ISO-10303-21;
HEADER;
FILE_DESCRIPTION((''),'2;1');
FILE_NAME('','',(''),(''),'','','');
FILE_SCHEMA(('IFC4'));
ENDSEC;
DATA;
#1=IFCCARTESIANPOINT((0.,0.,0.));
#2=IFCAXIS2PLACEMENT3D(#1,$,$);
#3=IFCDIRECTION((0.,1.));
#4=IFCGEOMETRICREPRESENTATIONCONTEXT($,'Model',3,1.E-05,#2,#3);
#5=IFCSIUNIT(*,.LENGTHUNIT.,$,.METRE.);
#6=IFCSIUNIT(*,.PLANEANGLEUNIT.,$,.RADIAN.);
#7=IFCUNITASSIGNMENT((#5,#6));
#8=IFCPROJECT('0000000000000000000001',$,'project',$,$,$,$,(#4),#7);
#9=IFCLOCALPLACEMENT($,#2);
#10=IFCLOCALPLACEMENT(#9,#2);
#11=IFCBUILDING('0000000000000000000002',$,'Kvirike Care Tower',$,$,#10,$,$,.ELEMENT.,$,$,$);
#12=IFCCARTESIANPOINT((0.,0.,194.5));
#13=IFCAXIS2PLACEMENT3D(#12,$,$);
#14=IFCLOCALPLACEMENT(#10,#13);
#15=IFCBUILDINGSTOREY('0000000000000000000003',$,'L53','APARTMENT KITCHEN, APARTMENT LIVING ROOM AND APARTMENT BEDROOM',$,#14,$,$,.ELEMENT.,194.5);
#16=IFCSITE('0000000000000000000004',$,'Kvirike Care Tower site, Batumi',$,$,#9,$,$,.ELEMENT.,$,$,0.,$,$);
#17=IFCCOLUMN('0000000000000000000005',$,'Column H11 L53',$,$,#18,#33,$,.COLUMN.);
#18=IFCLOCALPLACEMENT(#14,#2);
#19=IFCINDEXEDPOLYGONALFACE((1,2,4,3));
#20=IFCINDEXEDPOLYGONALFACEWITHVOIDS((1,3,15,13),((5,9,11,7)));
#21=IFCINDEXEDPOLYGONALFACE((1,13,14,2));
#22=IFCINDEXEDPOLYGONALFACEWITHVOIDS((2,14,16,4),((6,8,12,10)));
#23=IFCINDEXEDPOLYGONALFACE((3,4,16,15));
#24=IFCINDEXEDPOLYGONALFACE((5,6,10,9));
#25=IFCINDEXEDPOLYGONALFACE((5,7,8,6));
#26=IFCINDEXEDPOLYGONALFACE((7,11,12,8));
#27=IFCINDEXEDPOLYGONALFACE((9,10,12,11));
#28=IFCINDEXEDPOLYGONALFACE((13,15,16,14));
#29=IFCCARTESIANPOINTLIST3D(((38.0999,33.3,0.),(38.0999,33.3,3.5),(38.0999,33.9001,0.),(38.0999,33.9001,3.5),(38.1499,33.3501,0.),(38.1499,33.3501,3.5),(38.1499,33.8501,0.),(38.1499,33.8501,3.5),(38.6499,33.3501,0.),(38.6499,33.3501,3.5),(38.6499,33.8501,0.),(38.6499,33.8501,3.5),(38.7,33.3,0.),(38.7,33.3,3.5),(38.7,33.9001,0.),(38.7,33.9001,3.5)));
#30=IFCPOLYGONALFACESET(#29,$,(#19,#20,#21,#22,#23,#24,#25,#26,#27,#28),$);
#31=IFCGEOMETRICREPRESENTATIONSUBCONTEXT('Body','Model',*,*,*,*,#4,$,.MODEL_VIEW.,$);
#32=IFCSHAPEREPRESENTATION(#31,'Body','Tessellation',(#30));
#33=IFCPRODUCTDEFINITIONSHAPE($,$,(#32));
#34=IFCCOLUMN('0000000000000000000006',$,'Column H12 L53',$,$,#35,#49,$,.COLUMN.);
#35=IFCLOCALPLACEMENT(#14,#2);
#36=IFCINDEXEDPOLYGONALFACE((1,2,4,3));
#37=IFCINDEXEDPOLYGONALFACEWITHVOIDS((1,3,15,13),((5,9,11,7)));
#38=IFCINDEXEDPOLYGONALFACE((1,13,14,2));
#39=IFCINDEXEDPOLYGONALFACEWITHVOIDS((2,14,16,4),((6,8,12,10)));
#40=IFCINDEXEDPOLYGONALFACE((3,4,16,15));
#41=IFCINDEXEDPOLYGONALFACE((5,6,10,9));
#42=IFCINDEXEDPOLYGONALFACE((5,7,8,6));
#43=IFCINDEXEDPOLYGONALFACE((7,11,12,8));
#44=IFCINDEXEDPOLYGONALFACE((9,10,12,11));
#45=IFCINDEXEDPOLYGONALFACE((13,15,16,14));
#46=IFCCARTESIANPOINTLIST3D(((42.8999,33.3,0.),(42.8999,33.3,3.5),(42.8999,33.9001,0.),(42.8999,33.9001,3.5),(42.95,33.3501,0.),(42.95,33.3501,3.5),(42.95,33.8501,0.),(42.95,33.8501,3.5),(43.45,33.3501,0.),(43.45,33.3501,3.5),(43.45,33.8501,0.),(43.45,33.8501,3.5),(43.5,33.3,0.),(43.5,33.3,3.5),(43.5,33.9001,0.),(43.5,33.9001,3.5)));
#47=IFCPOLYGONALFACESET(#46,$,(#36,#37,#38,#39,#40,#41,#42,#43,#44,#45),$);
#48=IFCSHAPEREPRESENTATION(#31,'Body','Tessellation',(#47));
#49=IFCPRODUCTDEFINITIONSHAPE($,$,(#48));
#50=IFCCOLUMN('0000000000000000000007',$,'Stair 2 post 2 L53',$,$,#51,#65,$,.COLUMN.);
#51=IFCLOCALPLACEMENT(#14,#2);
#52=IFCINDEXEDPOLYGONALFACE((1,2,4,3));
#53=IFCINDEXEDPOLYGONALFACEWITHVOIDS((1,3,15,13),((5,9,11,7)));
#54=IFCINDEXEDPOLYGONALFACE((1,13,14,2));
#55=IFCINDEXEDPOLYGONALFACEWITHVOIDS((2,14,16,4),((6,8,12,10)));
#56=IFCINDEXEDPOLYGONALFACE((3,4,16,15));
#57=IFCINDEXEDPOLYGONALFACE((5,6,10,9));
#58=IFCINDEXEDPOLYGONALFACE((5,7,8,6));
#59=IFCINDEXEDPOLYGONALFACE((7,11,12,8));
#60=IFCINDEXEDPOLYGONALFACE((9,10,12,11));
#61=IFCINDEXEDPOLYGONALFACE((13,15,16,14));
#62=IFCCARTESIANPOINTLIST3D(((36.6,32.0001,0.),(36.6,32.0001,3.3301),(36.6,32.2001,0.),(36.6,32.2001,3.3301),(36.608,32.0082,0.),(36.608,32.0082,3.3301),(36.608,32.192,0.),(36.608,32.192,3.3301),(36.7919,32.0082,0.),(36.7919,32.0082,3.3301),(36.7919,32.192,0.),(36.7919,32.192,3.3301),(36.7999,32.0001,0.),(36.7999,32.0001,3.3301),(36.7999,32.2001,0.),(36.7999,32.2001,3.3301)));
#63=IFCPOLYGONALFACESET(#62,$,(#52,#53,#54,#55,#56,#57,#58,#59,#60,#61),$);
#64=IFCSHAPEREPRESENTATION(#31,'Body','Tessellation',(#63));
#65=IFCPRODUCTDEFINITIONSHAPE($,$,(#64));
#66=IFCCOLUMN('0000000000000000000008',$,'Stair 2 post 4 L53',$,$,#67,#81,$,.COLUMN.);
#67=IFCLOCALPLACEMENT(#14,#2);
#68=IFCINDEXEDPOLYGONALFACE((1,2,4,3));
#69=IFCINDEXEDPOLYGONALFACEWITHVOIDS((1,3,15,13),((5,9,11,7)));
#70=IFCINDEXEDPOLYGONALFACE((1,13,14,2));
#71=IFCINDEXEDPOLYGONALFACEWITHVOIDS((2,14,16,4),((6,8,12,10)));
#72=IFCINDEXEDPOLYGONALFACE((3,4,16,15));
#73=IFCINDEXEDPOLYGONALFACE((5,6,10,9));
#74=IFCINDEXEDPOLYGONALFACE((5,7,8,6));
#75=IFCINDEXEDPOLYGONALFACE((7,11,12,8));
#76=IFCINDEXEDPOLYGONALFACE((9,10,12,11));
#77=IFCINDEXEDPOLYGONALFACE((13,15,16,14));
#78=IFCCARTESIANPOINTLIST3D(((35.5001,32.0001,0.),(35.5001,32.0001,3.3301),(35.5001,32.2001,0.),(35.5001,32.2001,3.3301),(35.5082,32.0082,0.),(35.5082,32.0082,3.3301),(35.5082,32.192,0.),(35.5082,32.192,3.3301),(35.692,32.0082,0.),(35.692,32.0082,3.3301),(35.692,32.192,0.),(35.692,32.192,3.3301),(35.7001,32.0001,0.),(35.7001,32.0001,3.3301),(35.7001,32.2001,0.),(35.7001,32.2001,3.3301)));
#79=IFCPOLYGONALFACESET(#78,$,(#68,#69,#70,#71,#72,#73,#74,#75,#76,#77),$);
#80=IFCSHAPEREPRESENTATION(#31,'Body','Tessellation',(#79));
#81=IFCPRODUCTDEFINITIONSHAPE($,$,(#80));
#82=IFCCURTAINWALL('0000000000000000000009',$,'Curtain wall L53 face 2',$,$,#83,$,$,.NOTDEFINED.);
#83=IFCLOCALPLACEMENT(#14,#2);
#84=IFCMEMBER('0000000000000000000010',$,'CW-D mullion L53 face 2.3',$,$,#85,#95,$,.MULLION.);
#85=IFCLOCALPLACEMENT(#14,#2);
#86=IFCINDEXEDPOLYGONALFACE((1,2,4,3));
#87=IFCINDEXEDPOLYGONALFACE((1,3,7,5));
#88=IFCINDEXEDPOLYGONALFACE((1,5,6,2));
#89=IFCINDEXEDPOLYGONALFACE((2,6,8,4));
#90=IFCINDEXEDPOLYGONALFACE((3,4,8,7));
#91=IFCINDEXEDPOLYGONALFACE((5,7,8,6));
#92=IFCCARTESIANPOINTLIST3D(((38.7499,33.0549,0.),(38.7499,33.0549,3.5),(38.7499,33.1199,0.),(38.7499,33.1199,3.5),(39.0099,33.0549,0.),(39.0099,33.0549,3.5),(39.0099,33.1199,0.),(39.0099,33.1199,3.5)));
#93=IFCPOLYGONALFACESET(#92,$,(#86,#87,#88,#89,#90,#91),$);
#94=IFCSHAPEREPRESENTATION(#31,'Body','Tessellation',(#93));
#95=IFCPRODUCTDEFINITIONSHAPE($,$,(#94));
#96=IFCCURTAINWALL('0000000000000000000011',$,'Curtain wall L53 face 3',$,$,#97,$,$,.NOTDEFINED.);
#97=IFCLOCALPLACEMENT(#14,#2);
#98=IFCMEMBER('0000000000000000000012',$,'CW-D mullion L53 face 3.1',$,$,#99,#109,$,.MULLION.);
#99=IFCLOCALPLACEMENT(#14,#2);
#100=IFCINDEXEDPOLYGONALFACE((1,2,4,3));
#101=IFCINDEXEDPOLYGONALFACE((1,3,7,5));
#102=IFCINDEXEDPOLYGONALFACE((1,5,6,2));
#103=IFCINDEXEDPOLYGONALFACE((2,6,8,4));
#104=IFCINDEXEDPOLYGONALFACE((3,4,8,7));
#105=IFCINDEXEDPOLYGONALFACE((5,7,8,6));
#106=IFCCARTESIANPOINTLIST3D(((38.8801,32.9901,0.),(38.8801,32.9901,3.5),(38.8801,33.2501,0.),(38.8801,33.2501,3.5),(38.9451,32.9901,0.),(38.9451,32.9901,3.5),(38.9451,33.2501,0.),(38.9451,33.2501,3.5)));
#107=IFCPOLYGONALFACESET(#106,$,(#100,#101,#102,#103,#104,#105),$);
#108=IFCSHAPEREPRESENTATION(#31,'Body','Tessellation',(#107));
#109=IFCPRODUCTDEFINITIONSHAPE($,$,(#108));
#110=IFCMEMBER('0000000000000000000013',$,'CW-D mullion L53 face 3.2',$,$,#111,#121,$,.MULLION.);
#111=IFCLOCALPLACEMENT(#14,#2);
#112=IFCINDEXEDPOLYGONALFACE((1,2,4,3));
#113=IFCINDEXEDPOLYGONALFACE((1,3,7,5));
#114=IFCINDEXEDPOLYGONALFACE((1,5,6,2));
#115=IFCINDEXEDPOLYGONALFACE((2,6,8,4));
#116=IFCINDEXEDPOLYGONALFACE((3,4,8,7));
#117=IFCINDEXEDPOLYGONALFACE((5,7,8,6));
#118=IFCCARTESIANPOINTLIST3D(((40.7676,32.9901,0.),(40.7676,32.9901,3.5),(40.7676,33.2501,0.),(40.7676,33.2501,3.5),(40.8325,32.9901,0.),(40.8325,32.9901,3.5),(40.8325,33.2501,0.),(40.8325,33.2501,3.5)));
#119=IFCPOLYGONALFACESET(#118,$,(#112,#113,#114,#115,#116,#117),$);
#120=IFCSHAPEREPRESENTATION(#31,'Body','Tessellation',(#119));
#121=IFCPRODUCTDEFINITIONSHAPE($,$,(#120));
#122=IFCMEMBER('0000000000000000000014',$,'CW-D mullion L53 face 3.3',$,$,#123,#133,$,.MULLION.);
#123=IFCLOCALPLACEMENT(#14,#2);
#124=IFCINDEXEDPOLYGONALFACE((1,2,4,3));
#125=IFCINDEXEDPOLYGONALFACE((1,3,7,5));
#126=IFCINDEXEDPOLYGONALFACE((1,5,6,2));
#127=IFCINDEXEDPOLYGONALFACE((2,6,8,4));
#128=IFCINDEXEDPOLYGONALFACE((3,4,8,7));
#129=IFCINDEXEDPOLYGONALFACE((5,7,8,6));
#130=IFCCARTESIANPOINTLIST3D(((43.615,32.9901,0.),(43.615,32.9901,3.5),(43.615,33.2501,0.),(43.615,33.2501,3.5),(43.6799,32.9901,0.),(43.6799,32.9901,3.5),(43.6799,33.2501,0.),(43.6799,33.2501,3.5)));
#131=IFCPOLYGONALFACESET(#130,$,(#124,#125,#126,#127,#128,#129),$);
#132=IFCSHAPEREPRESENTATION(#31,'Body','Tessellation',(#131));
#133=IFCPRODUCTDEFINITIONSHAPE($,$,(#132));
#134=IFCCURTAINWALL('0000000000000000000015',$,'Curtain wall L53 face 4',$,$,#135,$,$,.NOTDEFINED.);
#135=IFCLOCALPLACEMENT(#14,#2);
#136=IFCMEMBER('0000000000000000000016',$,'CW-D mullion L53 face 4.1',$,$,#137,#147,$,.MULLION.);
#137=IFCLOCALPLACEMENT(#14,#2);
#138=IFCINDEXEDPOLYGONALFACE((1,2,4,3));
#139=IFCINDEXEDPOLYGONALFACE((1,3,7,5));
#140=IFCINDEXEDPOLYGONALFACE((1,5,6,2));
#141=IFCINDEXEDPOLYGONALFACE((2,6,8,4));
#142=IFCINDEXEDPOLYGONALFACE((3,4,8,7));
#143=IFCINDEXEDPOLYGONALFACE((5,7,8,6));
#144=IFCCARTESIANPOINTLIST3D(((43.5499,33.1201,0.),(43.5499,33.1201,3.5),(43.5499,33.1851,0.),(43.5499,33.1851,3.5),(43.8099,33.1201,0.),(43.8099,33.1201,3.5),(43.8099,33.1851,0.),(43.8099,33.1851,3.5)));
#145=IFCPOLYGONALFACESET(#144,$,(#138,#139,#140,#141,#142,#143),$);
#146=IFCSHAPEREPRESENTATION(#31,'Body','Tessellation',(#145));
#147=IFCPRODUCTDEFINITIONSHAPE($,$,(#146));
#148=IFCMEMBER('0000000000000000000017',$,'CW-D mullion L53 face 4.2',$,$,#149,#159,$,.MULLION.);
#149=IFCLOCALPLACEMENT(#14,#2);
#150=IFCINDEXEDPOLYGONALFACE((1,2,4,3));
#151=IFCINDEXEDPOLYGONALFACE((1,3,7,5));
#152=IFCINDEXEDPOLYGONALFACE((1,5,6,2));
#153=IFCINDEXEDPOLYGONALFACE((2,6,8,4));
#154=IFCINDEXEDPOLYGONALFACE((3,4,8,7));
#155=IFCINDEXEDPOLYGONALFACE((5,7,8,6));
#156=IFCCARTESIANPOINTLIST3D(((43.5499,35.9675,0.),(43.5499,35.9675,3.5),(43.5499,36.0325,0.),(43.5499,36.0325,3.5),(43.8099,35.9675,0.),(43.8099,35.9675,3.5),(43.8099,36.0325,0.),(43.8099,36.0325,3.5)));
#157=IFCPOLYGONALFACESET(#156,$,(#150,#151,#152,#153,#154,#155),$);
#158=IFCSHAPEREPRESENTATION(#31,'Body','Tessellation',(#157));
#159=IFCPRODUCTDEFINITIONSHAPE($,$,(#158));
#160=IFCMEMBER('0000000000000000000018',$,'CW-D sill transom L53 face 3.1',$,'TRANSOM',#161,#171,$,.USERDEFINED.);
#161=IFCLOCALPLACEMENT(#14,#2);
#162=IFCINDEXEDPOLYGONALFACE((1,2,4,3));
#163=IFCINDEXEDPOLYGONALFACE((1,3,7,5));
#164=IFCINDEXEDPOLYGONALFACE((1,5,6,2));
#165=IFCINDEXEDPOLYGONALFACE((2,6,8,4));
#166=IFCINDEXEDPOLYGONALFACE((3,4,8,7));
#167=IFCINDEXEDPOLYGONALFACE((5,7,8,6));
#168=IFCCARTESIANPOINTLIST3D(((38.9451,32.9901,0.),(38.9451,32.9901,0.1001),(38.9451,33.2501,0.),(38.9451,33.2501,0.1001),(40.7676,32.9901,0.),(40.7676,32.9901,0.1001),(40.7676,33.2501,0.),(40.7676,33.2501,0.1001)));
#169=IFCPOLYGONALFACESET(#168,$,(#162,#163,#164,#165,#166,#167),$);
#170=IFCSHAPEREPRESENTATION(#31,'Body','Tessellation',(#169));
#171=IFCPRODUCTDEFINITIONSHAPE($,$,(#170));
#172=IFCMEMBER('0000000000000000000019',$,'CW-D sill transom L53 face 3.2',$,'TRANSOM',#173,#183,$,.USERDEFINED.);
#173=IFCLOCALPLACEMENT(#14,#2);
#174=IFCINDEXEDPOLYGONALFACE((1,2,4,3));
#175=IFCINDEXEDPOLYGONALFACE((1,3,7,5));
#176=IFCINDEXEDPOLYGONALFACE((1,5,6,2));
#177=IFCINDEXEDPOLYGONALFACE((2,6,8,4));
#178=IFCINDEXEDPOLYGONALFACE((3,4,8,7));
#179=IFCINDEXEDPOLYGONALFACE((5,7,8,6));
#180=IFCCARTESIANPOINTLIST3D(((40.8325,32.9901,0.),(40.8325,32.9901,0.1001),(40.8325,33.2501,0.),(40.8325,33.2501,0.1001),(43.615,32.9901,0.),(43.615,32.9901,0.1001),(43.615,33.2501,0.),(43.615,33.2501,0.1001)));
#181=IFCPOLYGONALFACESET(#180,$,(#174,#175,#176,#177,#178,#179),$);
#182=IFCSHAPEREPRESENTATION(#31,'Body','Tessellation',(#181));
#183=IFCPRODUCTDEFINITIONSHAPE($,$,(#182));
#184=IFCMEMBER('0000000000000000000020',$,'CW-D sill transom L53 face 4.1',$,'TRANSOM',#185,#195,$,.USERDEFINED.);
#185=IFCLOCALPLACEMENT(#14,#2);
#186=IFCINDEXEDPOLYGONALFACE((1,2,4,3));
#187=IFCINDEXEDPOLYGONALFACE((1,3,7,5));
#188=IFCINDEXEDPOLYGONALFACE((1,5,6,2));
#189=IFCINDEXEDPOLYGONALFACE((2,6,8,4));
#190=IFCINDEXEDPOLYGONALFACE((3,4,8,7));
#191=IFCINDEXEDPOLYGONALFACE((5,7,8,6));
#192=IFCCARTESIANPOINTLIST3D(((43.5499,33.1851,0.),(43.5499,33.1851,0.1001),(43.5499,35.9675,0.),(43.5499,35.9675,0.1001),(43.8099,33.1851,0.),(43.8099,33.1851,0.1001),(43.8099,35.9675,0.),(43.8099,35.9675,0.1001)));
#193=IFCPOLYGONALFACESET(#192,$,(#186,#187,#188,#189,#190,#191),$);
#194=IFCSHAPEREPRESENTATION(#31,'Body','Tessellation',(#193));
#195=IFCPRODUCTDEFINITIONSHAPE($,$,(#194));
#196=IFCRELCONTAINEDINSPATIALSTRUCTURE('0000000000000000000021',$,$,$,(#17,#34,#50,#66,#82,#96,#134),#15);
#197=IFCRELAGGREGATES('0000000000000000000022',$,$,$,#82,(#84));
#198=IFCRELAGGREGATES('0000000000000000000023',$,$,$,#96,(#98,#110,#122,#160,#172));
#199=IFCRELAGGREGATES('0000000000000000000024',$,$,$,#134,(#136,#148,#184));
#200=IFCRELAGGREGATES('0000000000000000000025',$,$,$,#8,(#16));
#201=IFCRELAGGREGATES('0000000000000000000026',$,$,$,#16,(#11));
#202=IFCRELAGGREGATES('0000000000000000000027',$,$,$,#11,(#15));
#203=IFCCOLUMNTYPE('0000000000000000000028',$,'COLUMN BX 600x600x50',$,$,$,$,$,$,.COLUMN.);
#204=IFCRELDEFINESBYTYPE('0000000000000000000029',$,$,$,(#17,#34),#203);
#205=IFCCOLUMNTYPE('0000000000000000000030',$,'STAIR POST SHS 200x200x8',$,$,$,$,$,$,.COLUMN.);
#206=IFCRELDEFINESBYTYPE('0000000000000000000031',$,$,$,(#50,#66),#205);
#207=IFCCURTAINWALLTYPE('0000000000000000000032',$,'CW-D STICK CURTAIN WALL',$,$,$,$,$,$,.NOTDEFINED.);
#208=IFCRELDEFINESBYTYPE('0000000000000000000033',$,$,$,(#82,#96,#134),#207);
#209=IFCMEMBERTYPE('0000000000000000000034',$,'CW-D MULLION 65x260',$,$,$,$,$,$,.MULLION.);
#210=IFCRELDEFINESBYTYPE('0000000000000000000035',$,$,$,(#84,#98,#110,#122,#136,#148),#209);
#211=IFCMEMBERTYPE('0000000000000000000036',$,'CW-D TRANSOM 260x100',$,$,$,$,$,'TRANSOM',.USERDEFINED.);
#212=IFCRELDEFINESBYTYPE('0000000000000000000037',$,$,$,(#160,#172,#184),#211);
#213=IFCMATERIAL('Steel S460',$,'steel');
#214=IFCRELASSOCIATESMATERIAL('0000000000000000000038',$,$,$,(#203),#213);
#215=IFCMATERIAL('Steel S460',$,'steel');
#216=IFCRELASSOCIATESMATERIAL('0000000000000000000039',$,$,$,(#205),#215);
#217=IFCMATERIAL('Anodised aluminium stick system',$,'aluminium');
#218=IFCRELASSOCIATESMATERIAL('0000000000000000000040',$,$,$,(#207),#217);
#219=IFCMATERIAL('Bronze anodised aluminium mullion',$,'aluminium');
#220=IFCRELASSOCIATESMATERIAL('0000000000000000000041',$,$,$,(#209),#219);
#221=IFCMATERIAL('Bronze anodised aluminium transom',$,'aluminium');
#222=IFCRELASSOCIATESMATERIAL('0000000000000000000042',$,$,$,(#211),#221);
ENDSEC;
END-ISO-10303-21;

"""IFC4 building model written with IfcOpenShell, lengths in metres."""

from ifc_helpers import new_model, si_unit, direction, frame, origin, origin_2d, place, context, subcontext, project, spatial, rectangle, hollow_rectangle, extrude, material, material_profile, profile_set, type_object, element, aggregate, save


model = new_model("IFC4")

# Units and contexts
model_context = context("Model", 3, precision=1e-05, world=origin(), true_north=direction((0.0, 1.0)))
body_context = subcontext(model_context, "Body", "Model", "MODEL_VIEW")
ifc_project = project(units=[si_unit("LENGTHUNIT", "METRE"), si_unit("PLANEANGLEUNIT", "RADIAN")], contexts=[model_context])

# Site, building, storey
site_placement = place(None, origin())
site = spatial("IfcSite", under=ifc_project, at=site_placement, Name="Kvirike Care Tower site, Batumi", CompositionType="ELEMENT", RefElevation=0.0)
building_placement = place(site_placement, origin())
building = spatial("IfcBuilding", under=site, at=building_placement, Name="Kvirike Care Tower", CompositionType="ELEMENT")
storey_placement = place(building_placement, frame((0.0, 0.0, 194.5)))
storey = spatial("IfcBuildingStorey", under=building, at=storey_placement, Name="L53", Description="APARTMENT KITCHEN, APARTMENT LIVING ROOM AND APARTMENT BEDROOM", CompositionType="ELEMENT", Elevation=194.5)

# Columns
ifc_material_1 = material(Name="Steel S460", Category="steel")
ifc_material_profile_1 = material_profile(ifc_material_1, hollow_rectangle(XDim=0.6001, YDim=0.6001, WallThickness=0.05, at=origin_2d()), Name="BX 600x600x50")
ifc_profile_set_1 = profile_set([ifc_material_profile_1], Name="Steel S460")
column_type_1 = type_object("IfcColumnType", Name="COLUMN BX 600x600x50", PredefinedType="COLUMN", material=ifc_profile_set_1)
for number, where, z_axis, x_axis, name in (
    (1, (38.3999, 33.6001, 0.0), (0.0, 0.0, 1.0), (0.0, 1.0, 0.0), "Column H11 L53"),
    (2, (43.2, 33.6001, 0.0), (0.0, 0.0, 1.0), (0.0, 1.0, 0.0), "Column H12 L53"),
):
    element("IfcColumn", number, at=place(storey_placement, frame(where, z_axis=z_axis, x_axis=x_axis)), inside=storey, type_object=column_type_1, Name=name, PredefinedType="COLUMN", context=body_context, shape_type="SweptSolid", body=[
        extrude(hollow_rectangle(XDim=0.6001, YDim=0.6001, WallThickness=0.05, at=origin_2d()), origin(), (0.0, 0.0, 1.0), 3.5),
    ])
ifc_material_2 = material(Name="Steel S460", Category="steel")
ifc_material_profile_2 = material_profile(ifc_material_2, hollow_rectangle(XDim=0.2, YDim=0.2, WallThickness=0.0081, at=origin_2d()), Name="SHS 200x200x8")
ifc_profile_set_2 = profile_set([ifc_material_profile_2], Name="Steel S460")
column_type_2 = type_object("IfcColumnType", Name="STAIR POST SHS 200x200x8", PredefinedType="COLUMN", material=ifc_profile_set_2)
for number, where, z_axis, x_axis, name in (
    (3, (36.7, 32.1001, 0.0), (0.0, 0.0, 1.0), (1.0, 0.0, 0.0), "Stair 2 post 2 L53"),
    (4, (35.6001, 32.1001, 0.0), (0.0, 0.0, 1.0), (1.0, 0.0, 0.0), "Stair 2 post 4 L53"),
):
    element("IfcColumn", number, at=place(storey_placement, frame(where, z_axis=z_axis, x_axis=x_axis)), inside=storey, type_object=column_type_2, Name=name, PredefinedType="COLUMN", context=body_context, shape_type="SweptSolid", body=[
        extrude(hollow_rectangle(XDim=0.2, YDim=0.2, WallThickness=0.0081, at=origin_2d()), origin(), (0.0, 0.0, 1.0), 3.3301),
    ])

# Curtain wall, member
ifc_material_3 = material(Name="Anodised aluminium stick system", Category="aluminium")
curtain_wall_type = type_object("IfcCurtainWallType", Name="CW-D STICK CURTAIN WALL", PredefinedType="NOTDEFINED", material=ifc_material_3)
curtain_wall_1_placement = place(storey_placement, origin())
curtain_wall_1 = element("IfcCurtainWall", 5, at=curtain_wall_1_placement, inside=storey, type_object=curtain_wall_type, Name="Curtain wall L53 face 2", PredefinedType="NOTDEFINED")
ifc_material_4 = material(Name="Bronze anodised aluminium mullion", Category="aluminium")
ifc_material_profile_3 = material_profile(ifc_material_4, rectangle(XDim=0.0649, YDim=0.26, at=origin_2d()), Name="CW-D MULLION 65x260")
ifc_profile_set_3 = profile_set([ifc_material_profile_3], Name="Bronze anodised aluminium mullion")
member_type_1 = type_object("IfcMemberType", Name="CW-D MULLION 65x260", PredefinedType="MULLION", material=ifc_profile_set_3)
member_1_placement = place(storey_placement, frame((38.8799, 33.0874, 0.0), z_axis=(0.0, 0.0, 1.0), x_axis=(0.0, 1.0, 0.0)))
member_1 = element("IfcMember", 6, at=member_1_placement, type_object=member_type_1, Name="CW-D mullion L53 face 2.3", PredefinedType="MULLION", context=body_context, shape_type="SweptSolid", body=[
    extrude(rectangle(XDim=0.0649, YDim=0.26, at=origin_2d()), origin(), (0.0, 0.0, 1.0), 3.5),
])

# Curtain walls, members
curtain_wall_2_placement = place(storey_placement, origin())
curtain_wall_2 = element("IfcCurtainWall", 7, at=curtain_wall_2_placement, inside=storey, type_object=curtain_wall_type, Name="Curtain wall L53 face 3", PredefinedType="NOTDEFINED")
member_2_placement = place(storey_placement, frame((38.9126, 33.1201, 0.0), z_axis=(0.0, 0.0, 1.0), x_axis=(1.0, 0.0, 0.0)))
member_2 = element("IfcMember", 8, at=member_2_placement, type_object=member_type_1, Name="CW-D mullion L53 face 3.1", PredefinedType="MULLION", context=body_context, shape_type="SweptSolid", body=[
    extrude(rectangle(XDim=0.0649, YDim=0.26, at=origin_2d()), origin(), (0.0, 0.0, 1.0), 3.5),
])
member_3_placement = place(storey_placement, frame((40.8, 33.1201, 0.0), z_axis=(0.0, 0.0, 1.0), x_axis=(1.0, 0.0, 0.0)))
member_3 = element("IfcMember", 9, at=member_3_placement, type_object=member_type_1, Name="CW-D mullion L53 face 3.2", PredefinedType="MULLION", context=body_context, shape_type="SweptSolid", body=[
    extrude(rectangle(XDim=0.0649, YDim=0.26, at=origin_2d()), origin(), (0.0, 0.0, 1.0), 3.5),
])
member_4_placement = place(storey_placement, frame((43.6475, 33.1201, 0.0), z_axis=(0.0, 0.0, 1.0), x_axis=(1.0, 0.0, 0.0)))
member_4 = element("IfcMember", 10, at=member_4_placement, type_object=member_type_1, Name="CW-D mullion L53 face 3.3", PredefinedType="MULLION", context=body_context, shape_type="SweptSolid", body=[
    extrude(rectangle(XDim=0.0649, YDim=0.26, at=origin_2d()), origin(), (0.0, 0.0, 1.0), 3.5),
])
curtain_wall_3_placement = place(storey_placement, origin())
curtain_wall_3 = element("IfcCurtainWall", 11, at=curtain_wall_3_placement, inside=storey, type_object=curtain_wall_type, Name="Curtain wall L53 face 4", PredefinedType="NOTDEFINED")
member_5_placement = place(storey_placement, frame((43.6799, 33.1526, 0.0), z_axis=(0.0, 0.0, 1.0), x_axis=(0.0, 1.0, 0.0)))
member_5 = element("IfcMember", 12, at=member_5_placement, type_object=member_type_1, Name="CW-D mullion L53 face 4.1", PredefinedType="MULLION", context=body_context, shape_type="SweptSolid", body=[
    extrude(rectangle(XDim=0.0649, YDim=0.26, at=origin_2d()), origin(), (0.0, 0.0, 1.0), 3.5),
])
member_6_placement = place(storey_placement, frame((43.6799, 36.0, 0.0), z_axis=(0.0, 0.0, 1.0), x_axis=(0.0, 1.0, 0.0)))
member_6 = element("IfcMember", 13, at=member_6_placement, type_object=member_type_1, Name="CW-D mullion L53 face 4.2", PredefinedType="MULLION", context=body_context, shape_type="SweptSolid", body=[
    extrude(rectangle(XDim=0.0649, YDim=0.26, at=origin_2d()), origin(), (0.0, 0.0, 1.0), 3.5),
])

# Members
ifc_material_5 = material(Name="Bronze anodised aluminium transom", Category="aluminium")
ifc_material_profile_4 = material_profile(ifc_material_5, rectangle(XDim=0.26, YDim=0.1001, at=origin_2d()), Name="CW-D TRANSOM 260x100")
ifc_profile_set_4 = profile_set([ifc_material_profile_4], Name="Bronze anodised aluminium transom")
member_type_2 = type_object("IfcMemberType", Name="CW-D TRANSOM 260x100", ElementType="TRANSOM", PredefinedType="USERDEFINED", material=ifc_profile_set_4)
member_7_placement = place(storey_placement, frame((38.9451, 33.1201, 0.05), z_axis=(1.0, 0.0, 0.0), x_axis=(0.0, 1.0, 0.0)))
member_7 = element("IfcMember", 14, at=member_7_placement, type_object=member_type_2, Name="CW-D sill transom L53 face 3.1", ObjectType="TRANSOM", PredefinedType="USERDEFINED", context=body_context, shape_type="SweptSolid", body=[
    extrude(rectangle(XDim=0.26, YDim=0.1001, at=origin_2d()), origin(), (0.0, 0.0, 1.0), 1.8225),
])
member_8_placement = place(storey_placement, frame((40.8325, 33.1201, 0.05), z_axis=(1.0, 0.0, 0.0), x_axis=(0.0, 1.0, 0.0)))
member_8 = element("IfcMember", 15, at=member_8_placement, type_object=member_type_2, Name="CW-D sill transom L53 face 3.2", ObjectType="TRANSOM", PredefinedType="USERDEFINED", context=body_context, shape_type="SweptSolid", body=[
    extrude(rectangle(XDim=0.26, YDim=0.1001, at=origin_2d()), origin(), (0.0, 0.0, 1.0), 2.7825),
])
member_9_placement = place(storey_placement, frame((43.6799, 33.1851, 0.05), z_axis=(0.0, 1.0, 0.0), x_axis=(-1.0, 0.0, 0.0)))
member_9 = element("IfcMember", 16, at=member_9_placement, type_object=member_type_2, Name="CW-D sill transom L53 face 4.1", ObjectType="TRANSOM", PredefinedType="USERDEFINED", context=body_context, shape_type="SweptSolid", body=[
    extrude(rectangle(XDim=0.26, YDim=0.1001, at=origin_2d()), origin(), (0.0, 0.0, 1.0), 2.7825),
])

aggregate(curtain_wall_1, [member_1])
aggregate(curtain_wall_2, [member_2, member_3, member_4, member_7, member_8])
aggregate(curtain_wall_3, [member_5, member_6, member_9])

save(model, "model.ifc")
